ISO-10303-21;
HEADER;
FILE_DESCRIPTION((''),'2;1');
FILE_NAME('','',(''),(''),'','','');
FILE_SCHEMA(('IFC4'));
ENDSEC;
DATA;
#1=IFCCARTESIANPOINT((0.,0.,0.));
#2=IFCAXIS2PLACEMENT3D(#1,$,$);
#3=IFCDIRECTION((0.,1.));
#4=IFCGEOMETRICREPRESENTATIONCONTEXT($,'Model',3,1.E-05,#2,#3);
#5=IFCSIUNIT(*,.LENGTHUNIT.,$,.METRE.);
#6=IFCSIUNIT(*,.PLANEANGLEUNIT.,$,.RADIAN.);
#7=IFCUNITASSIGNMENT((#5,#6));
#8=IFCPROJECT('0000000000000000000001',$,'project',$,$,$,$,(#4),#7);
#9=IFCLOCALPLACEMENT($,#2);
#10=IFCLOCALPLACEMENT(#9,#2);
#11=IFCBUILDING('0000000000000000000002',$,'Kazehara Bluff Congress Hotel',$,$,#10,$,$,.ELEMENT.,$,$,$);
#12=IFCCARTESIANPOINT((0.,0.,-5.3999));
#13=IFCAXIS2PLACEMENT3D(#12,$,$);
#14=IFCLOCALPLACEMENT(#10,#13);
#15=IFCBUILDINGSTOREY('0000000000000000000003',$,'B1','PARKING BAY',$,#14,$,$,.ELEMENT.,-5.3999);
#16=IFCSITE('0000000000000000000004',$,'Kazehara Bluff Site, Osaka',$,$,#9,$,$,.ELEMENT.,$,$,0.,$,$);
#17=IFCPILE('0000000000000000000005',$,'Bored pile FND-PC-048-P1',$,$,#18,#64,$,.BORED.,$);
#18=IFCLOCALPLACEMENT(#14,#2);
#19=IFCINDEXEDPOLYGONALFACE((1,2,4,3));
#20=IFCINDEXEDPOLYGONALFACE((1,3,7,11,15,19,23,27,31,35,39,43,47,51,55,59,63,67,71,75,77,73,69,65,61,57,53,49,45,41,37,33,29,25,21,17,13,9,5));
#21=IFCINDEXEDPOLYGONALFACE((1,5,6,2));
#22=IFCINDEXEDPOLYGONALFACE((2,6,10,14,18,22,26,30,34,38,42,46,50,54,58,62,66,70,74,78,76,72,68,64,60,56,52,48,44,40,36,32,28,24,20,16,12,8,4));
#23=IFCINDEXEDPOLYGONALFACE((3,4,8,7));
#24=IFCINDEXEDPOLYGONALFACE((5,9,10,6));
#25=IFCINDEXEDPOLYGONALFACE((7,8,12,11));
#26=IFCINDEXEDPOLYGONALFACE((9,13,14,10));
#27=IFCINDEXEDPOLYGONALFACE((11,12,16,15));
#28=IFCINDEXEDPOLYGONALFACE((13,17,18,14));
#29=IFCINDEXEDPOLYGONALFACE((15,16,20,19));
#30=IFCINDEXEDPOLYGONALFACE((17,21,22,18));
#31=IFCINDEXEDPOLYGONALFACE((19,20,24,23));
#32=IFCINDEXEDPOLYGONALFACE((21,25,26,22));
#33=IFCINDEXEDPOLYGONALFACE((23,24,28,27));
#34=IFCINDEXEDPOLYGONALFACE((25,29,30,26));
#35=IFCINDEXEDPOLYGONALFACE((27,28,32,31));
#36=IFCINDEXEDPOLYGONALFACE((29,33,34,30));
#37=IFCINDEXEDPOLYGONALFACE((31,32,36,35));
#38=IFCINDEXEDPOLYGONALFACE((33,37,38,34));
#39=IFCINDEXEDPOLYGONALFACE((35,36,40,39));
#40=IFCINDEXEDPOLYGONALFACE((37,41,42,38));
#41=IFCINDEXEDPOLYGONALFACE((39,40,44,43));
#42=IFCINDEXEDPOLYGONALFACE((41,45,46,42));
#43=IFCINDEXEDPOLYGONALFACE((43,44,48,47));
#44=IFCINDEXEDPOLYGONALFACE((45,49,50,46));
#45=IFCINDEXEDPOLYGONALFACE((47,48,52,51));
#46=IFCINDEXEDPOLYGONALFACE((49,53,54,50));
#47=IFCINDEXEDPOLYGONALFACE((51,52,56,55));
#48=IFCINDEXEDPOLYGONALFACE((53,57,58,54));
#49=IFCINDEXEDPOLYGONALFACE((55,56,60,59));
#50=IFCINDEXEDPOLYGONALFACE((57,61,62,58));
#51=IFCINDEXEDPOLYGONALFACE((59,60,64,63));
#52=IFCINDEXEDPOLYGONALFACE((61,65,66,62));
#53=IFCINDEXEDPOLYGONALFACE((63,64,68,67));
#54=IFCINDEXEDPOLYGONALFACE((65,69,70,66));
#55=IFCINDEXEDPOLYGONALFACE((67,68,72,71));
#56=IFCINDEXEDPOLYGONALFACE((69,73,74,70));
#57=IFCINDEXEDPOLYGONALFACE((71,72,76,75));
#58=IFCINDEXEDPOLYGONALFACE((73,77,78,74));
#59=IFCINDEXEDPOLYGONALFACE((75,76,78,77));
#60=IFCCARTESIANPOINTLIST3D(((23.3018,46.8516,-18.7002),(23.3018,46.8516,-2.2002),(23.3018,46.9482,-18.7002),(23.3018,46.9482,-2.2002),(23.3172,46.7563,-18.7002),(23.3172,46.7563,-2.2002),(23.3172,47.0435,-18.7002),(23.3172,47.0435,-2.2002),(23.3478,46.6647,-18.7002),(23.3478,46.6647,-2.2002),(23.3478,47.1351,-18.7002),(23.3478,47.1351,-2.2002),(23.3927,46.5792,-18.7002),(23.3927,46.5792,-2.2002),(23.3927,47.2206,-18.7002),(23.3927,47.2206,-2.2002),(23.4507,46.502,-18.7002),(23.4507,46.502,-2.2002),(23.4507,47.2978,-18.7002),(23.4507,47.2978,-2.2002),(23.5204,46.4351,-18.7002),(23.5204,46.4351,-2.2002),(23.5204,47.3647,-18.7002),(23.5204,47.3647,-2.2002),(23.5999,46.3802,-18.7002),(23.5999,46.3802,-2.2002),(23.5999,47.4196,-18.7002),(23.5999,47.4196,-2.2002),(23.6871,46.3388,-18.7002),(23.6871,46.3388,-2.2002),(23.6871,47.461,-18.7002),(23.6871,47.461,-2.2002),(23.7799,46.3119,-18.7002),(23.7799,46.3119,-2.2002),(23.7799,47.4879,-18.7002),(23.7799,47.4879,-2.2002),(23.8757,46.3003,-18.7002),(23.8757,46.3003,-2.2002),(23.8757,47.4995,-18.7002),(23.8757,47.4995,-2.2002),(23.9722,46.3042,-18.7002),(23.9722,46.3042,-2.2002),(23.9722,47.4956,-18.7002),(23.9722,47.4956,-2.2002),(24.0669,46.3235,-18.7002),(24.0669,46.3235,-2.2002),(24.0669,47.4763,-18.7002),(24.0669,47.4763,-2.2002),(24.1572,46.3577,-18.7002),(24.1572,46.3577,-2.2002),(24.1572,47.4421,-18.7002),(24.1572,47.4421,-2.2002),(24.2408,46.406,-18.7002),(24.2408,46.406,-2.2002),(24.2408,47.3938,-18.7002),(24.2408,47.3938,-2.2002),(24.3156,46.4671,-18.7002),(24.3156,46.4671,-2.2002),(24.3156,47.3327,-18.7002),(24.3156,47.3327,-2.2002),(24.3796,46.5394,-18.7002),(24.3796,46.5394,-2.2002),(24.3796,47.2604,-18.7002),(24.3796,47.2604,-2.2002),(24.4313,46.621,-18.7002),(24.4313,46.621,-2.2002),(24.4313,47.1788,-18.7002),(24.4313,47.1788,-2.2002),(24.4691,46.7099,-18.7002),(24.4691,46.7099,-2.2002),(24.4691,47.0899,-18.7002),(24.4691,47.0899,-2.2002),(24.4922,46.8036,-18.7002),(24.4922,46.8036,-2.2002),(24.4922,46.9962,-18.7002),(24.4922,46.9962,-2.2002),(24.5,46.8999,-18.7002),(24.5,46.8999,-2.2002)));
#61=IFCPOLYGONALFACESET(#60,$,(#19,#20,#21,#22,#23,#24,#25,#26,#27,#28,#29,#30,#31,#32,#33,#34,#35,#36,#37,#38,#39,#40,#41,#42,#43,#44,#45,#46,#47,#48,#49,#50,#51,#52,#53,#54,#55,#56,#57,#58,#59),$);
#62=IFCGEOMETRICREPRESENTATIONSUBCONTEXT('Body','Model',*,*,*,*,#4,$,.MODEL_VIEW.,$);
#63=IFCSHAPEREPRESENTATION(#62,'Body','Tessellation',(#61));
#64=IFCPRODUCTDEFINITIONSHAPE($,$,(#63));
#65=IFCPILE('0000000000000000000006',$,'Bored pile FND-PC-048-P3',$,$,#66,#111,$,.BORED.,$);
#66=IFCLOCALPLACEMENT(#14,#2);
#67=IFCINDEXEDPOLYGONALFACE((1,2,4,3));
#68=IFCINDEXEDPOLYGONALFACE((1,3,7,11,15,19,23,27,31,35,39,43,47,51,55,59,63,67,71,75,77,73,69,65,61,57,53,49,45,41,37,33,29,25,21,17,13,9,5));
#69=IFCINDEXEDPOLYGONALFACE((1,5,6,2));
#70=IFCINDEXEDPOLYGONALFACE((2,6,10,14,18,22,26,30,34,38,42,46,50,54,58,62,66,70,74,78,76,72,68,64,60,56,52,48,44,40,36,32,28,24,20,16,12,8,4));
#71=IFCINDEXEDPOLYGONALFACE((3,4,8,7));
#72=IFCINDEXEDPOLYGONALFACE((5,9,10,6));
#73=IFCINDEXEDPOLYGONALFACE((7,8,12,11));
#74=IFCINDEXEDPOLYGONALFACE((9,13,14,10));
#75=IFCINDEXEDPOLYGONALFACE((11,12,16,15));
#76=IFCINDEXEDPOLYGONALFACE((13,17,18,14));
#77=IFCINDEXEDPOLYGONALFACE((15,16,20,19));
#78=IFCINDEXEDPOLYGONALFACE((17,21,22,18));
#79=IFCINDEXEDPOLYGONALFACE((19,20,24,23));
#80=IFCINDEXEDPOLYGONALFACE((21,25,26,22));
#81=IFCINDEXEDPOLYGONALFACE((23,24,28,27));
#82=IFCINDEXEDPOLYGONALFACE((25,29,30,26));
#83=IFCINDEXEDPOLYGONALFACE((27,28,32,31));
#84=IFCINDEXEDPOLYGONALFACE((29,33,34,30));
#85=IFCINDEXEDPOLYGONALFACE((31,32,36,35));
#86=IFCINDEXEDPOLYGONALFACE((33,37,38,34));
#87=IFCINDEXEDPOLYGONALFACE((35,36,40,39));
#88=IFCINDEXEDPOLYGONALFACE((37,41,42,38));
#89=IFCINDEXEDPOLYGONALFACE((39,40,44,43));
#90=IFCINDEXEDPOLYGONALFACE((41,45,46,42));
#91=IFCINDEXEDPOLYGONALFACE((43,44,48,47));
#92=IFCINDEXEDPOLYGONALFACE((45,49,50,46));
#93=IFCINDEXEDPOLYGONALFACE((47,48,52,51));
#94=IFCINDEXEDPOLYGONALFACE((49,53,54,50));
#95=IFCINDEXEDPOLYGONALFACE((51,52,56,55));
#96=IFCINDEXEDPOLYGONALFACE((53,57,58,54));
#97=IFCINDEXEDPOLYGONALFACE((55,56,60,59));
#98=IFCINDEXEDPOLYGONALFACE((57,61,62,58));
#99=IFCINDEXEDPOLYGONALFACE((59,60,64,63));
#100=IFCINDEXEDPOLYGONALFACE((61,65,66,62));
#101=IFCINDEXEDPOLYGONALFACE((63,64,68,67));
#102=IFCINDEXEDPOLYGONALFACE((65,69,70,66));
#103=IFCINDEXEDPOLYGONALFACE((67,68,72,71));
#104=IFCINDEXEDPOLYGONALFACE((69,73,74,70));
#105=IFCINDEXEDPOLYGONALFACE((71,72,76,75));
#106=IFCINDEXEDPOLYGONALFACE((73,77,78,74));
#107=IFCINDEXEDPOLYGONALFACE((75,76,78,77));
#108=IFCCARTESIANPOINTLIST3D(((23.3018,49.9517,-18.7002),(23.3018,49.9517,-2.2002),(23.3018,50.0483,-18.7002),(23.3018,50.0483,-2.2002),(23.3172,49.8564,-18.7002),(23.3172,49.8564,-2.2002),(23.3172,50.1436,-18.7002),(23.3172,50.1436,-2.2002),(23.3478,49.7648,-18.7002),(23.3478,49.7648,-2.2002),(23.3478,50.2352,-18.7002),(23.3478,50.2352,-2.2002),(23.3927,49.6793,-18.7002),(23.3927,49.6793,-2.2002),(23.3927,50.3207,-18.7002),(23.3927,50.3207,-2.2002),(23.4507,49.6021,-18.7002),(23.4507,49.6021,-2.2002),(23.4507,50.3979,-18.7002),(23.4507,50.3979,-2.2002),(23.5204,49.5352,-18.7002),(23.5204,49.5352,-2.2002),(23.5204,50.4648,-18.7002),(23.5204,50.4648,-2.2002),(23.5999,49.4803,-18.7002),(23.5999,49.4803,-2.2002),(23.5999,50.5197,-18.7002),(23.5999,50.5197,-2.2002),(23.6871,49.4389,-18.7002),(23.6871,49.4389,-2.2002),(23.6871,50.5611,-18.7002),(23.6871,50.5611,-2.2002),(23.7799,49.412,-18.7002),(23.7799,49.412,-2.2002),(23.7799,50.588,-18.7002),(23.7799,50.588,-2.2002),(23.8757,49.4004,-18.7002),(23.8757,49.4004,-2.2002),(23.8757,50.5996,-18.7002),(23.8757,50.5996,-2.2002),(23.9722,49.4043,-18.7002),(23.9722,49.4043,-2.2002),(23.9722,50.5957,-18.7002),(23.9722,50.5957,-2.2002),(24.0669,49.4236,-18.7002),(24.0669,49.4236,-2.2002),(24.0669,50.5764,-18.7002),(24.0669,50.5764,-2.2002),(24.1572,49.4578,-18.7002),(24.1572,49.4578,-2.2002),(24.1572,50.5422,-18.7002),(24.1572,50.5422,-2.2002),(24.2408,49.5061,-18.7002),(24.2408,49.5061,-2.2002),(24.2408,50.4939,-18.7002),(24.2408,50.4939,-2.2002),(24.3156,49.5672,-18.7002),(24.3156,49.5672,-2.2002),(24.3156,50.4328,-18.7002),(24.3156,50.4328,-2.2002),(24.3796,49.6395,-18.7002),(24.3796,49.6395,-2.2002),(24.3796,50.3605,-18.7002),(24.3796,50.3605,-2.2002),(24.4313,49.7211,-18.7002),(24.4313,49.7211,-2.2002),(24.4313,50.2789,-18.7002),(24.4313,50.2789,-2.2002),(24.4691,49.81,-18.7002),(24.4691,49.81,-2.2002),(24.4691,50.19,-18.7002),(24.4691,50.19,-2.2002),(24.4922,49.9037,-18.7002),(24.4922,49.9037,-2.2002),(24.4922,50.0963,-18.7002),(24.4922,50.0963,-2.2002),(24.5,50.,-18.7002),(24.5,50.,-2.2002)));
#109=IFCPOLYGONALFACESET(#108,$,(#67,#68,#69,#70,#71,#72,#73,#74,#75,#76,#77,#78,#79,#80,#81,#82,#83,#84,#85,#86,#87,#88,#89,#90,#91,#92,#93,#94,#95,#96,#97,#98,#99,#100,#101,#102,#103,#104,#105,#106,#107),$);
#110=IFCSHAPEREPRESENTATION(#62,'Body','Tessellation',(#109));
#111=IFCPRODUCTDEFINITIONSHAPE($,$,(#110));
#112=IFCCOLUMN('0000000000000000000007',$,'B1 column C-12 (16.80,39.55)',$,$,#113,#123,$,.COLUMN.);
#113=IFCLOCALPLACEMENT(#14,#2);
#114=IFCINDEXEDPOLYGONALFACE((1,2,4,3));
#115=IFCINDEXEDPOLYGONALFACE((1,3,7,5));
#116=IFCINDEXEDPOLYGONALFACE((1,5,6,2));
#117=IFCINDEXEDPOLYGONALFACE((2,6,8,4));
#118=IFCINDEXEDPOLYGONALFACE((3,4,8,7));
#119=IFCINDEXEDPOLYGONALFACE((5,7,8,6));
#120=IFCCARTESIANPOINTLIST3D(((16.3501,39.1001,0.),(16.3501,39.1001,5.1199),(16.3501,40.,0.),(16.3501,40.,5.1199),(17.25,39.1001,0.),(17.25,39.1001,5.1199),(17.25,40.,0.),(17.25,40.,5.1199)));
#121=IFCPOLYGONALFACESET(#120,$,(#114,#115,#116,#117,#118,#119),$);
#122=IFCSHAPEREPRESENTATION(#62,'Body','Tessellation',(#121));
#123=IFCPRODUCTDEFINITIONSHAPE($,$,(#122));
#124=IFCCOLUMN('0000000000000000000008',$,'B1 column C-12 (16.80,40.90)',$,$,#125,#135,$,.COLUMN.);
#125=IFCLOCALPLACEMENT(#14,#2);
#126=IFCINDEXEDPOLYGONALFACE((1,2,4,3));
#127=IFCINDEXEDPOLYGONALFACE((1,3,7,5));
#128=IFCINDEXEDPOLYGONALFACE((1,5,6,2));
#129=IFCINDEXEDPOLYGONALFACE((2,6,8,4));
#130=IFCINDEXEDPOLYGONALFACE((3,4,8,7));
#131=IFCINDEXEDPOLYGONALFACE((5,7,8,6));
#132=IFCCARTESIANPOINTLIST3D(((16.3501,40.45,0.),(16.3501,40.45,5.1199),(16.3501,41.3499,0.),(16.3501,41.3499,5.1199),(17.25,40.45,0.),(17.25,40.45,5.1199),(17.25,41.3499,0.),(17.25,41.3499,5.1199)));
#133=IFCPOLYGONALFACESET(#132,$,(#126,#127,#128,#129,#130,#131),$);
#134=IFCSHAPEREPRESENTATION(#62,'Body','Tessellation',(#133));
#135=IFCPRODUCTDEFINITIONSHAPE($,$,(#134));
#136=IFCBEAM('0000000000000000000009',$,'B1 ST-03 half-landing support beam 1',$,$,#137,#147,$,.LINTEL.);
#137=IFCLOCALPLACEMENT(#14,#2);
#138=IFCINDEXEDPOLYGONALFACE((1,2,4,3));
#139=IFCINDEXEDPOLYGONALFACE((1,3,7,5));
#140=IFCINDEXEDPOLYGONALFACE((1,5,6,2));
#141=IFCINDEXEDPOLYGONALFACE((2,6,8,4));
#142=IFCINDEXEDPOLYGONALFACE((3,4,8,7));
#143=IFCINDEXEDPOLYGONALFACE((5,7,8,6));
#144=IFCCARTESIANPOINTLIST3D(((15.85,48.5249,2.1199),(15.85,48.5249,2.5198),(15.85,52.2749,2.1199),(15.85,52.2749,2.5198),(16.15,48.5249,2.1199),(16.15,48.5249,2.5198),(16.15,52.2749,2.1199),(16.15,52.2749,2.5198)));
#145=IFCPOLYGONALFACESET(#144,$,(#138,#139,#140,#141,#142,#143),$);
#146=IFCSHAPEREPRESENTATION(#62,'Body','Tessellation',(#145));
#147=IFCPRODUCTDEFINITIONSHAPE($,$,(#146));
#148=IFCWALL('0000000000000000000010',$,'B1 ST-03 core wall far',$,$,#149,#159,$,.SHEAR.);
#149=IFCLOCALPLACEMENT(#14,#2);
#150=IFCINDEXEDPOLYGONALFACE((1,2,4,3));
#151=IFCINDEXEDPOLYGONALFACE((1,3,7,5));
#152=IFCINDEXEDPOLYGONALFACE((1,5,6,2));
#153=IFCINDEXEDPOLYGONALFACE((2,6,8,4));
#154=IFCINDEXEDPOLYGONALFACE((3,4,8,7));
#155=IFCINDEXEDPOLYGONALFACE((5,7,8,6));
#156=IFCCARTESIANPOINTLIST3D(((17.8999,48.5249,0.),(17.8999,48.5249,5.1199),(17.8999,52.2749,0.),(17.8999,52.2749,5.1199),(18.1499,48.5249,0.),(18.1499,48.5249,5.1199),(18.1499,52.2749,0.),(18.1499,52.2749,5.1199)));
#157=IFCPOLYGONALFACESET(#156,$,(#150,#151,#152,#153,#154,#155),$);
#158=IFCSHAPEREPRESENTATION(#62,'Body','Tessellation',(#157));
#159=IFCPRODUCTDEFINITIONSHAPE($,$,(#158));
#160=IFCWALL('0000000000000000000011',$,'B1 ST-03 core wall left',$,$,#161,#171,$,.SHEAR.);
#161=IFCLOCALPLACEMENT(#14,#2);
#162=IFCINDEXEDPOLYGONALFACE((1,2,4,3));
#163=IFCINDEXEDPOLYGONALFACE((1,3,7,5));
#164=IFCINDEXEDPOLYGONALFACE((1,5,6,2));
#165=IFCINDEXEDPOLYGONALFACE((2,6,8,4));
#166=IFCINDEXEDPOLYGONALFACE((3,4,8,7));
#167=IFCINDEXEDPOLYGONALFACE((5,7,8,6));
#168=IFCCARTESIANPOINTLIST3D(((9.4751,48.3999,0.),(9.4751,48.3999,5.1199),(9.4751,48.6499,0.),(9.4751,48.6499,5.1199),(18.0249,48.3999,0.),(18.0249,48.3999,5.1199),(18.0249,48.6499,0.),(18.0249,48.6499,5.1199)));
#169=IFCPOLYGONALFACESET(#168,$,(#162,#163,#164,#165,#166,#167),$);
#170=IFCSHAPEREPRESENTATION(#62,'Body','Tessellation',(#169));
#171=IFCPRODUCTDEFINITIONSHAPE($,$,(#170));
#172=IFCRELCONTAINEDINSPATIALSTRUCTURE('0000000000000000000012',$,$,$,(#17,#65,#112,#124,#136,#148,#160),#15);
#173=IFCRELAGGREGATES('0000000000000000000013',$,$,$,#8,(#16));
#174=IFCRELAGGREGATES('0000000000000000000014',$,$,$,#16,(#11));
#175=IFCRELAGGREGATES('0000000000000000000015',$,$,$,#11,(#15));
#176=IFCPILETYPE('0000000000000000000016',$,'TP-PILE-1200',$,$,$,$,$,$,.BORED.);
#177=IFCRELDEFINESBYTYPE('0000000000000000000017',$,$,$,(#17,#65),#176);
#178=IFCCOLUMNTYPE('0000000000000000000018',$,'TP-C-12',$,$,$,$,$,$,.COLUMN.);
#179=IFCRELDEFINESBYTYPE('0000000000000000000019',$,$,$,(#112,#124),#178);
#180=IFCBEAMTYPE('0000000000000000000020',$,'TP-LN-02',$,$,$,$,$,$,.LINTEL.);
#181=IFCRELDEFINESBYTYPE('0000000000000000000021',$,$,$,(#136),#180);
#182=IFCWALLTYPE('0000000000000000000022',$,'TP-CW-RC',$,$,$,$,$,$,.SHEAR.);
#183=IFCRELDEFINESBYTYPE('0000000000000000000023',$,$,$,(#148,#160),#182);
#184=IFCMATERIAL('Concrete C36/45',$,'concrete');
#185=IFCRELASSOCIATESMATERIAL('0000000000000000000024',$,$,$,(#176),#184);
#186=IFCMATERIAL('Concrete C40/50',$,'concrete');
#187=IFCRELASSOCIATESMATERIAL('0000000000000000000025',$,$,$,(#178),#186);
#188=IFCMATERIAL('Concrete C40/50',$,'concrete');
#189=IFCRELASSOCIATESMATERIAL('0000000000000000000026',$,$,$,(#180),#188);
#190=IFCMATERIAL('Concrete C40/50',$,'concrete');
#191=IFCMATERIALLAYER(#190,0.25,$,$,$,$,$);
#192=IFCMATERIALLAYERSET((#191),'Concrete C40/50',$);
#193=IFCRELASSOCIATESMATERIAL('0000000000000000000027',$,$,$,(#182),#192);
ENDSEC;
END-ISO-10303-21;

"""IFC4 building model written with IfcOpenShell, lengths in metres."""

from ifc_helpers import new_model, si_unit, direction, frame, frame_2d, origin, origin_2d, place, context, subcontext, project, spatial, rectangle, circle, extrude, material, layer, layer_set, material_profile, profile_set, type_object, element, save


model = new_model("IFC4")

# Units and contexts
model_context = context("Model", 3, precision=1e-05, world=origin(), true_north=direction((0.0, 1.0)))
body_context = subcontext(model_context, "Body", "Model", "MODEL_VIEW")
ifc_project = project(units=[si_unit("LENGTHUNIT", "METRE"), si_unit("PLANEANGLEUNIT", "RADIAN")], contexts=[model_context])

# Site, building, storey
site_placement = place(None, origin())
site = spatial("IfcSite", under=ifc_project, at=site_placement, Name="Kazehara Bluff Site, Osaka", CompositionType="ELEMENT", RefElevation=0.0)
building_placement = place(site_placement, origin())
building = spatial("IfcBuilding", under=site, at=building_placement, Name="Kazehara Bluff Congress Hotel", CompositionType="ELEMENT")
storey_placement = place(building_placement, frame((0.0, 0.0, -5.3999)))
storey = spatial("IfcBuildingStorey", under=building, at=storey_placement, Name="B1", Description="PARKING BAY", CompositionType="ELEMENT", Elevation=-5.3999)

# Piles
ifc_material_1 = material(Name="Concrete C36/45", Category="concrete")
ifc_material_profile_1 = material_profile(ifc_material_1, circle(Radius=0.6001, at=origin_2d()))
ifc_profile_set_1 = profile_set([ifc_material_profile_1], Name="Concrete C36/45")
pile_type = type_object("IfcPileType", Name="TP-PILE-1200", PredefinedType="BORED", material=ifc_profile_set_1)
for number, where, z_axis, x_axis, name in (
    (1, (23.8999, 46.8999, -2.2002), (0.0, 0.0, -1.0), (1.0, 0.0, 0.0), "Bored pile FND-PC-048-P1"),
    (2, (23.8999, 50.0, -2.2002), (0.0, 0.0, -1.0), (1.0, 0.0, 0.0), "Bored pile FND-PC-048-P3"),
):
    element("IfcPile", number, at=place(storey_placement, frame(where, z_axis=z_axis, x_axis=x_axis)), inside=storey, type_object=pile_type, Name=name, PredefinedType="BORED", context=body_context, shape_type="SweptSolid", body=[
        extrude(circle(Radius=0.6001, at=origin_2d()), origin(), (0.0, 0.0, 1.0), 16.5),
    ])

# Columns
ifc_material_2 = material(Name="Concrete C40/50", Category="concrete")
ifc_material_profile_2 = material_profile(ifc_material_2, rectangle(XDim=0.8999, YDim=0.8999, at=origin_2d()))
ifc_profile_set_2 = profile_set([ifc_material_profile_2], Name="Concrete C40/50")
column_type = type_object("IfcColumnType", Name="TP-C-12", PredefinedType="COLUMN", material=ifc_profile_set_2)
for number, where, z_axis, x_axis, name in (
    (3, (16.8, 39.55, 0.0), (0.0, 0.0, 1.0), (1.0, 0.0, 0.0), "B1 column C-12 (16.80,39.55)"),
    (4, (16.8, 40.8999, 0.0), (0.0, 0.0, 1.0), (1.0, 0.0, 0.0), "B1 column C-12 (16.80,40.90)"),
):
    element("IfcColumn", number, at=place(storey_placement, frame(where, z_axis=z_axis, x_axis=x_axis)), inside=storey, type_object=column_type, Name=name, PredefinedType="COLUMN", context=body_context, shape_type="SweptSolid", body=[
        extrude(rectangle(XDim=0.8999, YDim=0.8999, at=origin_2d()), origin(), (0.0, 0.0, 1.0), 5.1199),
    ])

# Beam
ifc_material_3 = material(Name="Concrete C40/50", Category="concrete")
ifc_material_profile_3 = material_profile(ifc_material_3, rectangle(XDim=0.3, YDim=0.3999, at=origin_2d()))
ifc_profile_set_3 = profile_set([ifc_material_profile_3], Name="Concrete C40/50")
beam_type = type_object("IfcBeamType", Name="TP-LN-02", PredefinedType="LINTEL", material=ifc_profile_set_3)
beam_placement = place(storey_placement, frame((16.0, 48.5249, 2.3198), z_axis=(0.0, 1.0, 0.0), x_axis=(-1.0, 0.0, 0.0)))
element("IfcBeam", 5, at=beam_placement, inside=storey, type_object=beam_type, Name="B1 ST-03 half-landing support beam 1", PredefinedType="LINTEL", context=body_context, shape_type="SweptSolid", body=[
    extrude(rectangle(XDim=0.3, YDim=0.3999, at=origin_2d()), origin(), (0.0, 0.0, 1.0), 3.75),
])

# Walls
ifc_material_4 = material(Name="Concrete C40/50", Category="concrete")
ifc_layer_1 = layer(ifc_material_4, 0.25)
ifc_layer_set_1 = layer_set([ifc_layer_1], Name="Concrete C40/50")
wall_type_1 = type_object("IfcWallType", Name="TP-CW-RC", PredefinedType="SHEAR", material=ifc_layer_set_1)
wall_1_placement = place(storey_placement, frame((18.0249, 52.2749, 0.0), z_axis=(0.0, 0.0, 1.0), x_axis=(0.0, -1.0, 0.0)))
element("IfcWall", 6, at=wall_1_placement, inside=storey, type_object=wall_type_1, Name="B1 ST-03 core wall far", PredefinedType="SHEAR", context=body_context, shape_type="SweptSolid", body=[
    extrude(rectangle(XDim=3.75, YDim=0.25, at=frame_2d((1.875, 0.0))), origin(), (0.0, 0.0, 1.0), 5.1199),
])
wall_2_placement = place(storey_placement, frame((18.0249, 48.5249, 0.0), z_axis=(0.0, 0.0, 1.0), x_axis=(-1.0, 0.0, 0.0)))
element("IfcWall", 7, at=wall_2_placement, inside=storey, type_object=wall_type_1, Name="B1 ST-03 core wall left", PredefinedType="SHEAR", context=body_context, shape_type="SweptSolid", body=[
    extrude(rectangle(XDim=8.5498, YDim=0.25, at=frame_2d((4.2749, 0.0))), origin(), (0.0, 0.0, 1.0), 5.1199),
])

save(model, "model.ifc")
